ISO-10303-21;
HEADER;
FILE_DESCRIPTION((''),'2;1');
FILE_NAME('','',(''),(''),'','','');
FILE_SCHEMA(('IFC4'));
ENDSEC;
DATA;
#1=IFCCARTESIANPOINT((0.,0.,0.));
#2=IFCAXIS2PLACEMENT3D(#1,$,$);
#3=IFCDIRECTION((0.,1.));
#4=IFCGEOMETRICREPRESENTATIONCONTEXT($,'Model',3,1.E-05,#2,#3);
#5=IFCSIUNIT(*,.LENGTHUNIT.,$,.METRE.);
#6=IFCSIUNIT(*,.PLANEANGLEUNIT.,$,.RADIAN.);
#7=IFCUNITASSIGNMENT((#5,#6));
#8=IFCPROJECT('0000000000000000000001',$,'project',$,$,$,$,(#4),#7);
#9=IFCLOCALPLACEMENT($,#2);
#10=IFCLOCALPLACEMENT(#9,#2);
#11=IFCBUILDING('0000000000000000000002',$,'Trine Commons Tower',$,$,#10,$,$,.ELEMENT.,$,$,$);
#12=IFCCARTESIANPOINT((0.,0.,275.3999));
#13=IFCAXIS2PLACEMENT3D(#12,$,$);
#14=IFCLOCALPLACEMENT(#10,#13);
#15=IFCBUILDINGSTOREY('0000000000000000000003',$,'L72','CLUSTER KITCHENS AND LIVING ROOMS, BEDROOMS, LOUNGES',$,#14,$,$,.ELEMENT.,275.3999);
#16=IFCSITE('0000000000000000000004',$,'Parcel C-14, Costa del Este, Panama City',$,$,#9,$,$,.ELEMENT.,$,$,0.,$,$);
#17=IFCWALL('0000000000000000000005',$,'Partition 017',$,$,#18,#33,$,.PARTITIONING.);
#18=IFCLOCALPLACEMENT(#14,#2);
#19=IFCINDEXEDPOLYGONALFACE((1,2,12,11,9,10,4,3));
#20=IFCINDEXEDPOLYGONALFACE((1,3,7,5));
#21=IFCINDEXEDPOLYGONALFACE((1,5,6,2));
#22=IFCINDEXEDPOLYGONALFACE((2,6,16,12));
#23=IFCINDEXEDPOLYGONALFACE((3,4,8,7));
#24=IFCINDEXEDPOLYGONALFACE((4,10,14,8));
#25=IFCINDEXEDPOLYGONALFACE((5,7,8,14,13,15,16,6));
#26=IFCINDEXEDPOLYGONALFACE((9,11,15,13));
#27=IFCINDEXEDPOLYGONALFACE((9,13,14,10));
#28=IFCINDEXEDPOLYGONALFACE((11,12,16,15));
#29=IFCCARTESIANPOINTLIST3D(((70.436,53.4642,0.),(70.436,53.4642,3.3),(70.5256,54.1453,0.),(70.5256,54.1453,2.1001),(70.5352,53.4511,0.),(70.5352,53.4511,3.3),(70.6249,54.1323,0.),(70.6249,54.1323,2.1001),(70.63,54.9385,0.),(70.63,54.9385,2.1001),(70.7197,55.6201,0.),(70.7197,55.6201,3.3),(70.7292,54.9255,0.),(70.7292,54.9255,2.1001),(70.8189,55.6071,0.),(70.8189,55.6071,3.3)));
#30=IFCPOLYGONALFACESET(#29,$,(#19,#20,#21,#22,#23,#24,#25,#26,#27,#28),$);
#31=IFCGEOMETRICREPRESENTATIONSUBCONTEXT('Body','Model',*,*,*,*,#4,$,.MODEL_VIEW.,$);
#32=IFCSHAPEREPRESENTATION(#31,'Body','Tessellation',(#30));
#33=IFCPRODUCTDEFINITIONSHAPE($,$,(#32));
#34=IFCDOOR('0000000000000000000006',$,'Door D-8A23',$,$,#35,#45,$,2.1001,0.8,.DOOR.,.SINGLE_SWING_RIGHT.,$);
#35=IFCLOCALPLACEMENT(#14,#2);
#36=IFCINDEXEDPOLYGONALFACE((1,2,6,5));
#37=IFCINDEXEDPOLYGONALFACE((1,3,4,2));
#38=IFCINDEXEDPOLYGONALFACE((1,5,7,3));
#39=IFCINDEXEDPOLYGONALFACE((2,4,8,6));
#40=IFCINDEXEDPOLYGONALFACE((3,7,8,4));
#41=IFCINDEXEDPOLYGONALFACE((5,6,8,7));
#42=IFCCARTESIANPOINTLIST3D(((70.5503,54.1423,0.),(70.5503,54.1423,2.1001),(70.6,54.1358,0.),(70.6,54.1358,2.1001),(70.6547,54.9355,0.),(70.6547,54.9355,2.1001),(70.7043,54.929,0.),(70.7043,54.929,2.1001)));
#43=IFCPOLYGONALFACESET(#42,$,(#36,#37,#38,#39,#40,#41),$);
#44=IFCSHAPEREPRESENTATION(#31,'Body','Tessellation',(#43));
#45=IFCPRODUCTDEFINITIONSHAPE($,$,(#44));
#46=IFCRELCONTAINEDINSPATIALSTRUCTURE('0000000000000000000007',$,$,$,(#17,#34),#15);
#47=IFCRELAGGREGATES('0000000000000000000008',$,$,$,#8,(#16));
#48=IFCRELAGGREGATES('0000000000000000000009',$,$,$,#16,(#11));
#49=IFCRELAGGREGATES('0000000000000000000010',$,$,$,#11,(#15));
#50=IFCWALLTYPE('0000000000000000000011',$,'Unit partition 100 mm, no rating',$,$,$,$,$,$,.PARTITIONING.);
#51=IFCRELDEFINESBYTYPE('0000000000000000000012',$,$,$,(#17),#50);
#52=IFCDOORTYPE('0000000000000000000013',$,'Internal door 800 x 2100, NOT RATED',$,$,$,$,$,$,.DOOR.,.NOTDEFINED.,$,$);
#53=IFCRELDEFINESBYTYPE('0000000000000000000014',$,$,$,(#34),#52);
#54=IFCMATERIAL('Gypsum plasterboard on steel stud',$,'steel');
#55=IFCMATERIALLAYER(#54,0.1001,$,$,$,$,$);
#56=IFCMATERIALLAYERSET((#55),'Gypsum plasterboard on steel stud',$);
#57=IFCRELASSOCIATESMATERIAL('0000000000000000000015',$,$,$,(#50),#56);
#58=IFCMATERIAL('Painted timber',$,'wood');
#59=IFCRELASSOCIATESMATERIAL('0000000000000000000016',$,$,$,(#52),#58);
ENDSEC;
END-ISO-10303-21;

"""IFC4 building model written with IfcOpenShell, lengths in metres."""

from ifc_helpers import new_model, si_unit, direction, frame, frame_2d, origin, place, context, subcontext, project, spatial, rectangle, extrude, material, layer, layer_set, type_object, element, fill, save


model = new_model("IFC4")

# Units and contexts
model_context = context("Model", 3, precision=1e-05, world=origin(), true_north=direction((0.0, 1.0)))
body_context = subcontext(model_context, "Body", "Model", "MODEL_VIEW")
ifc_project = project(units=[si_unit("LENGTHUNIT", "METRE"), si_unit("PLANEANGLEUNIT", "RADIAN")], contexts=[model_context])

# Site, building, storey
site_placement = place(None, origin())
site = spatial("IfcSite", under=ifc_project, at=site_placement, Name="Parcel C-14, Costa del Este, Panama City", CompositionType="ELEMENT", RefElevation=0.0)
building_placement = place(site_placement, origin())
building = spatial("IfcBuilding", under=site, at=building_placement, Name="Trine Commons Tower", CompositionType="ELEMENT")
storey_placement = place(building_placement, frame((0.0, 0.0, 275.3999)))
storey = spatial("IfcBuildingStorey", under=building, at=storey_placement, Name="L72", Description="CLUSTER KITCHENS AND LIVING ROOMS, BEDROOMS, LOUNGES", CompositionType="ELEMENT", Elevation=275.3999)

# Shared definitions
ifc_material_1 = material(Name="Gypsum plasterboard on steel stud", Category="steel")

# Shared definitions
ifc_material_2 = material(Name="Painted timber", Category="wood")

# Shared definitions
ifc_layer_1 = layer(ifc_material_1, 0.1001)
ifc_layer_set_1 = layer_set([ifc_layer_1], Name="Gypsum plasterboard on steel stud")
wall_type_1 = type_object("IfcWallType", Name="Unit partition 100 mm, no rating", PredefinedType="PARTITIONING", material=ifc_layer_set_1)

# Wall, opening, door
wall_1_placement = place(storey_placement, frame((70.4856, 53.4575, 0.0), z_axis=(0.0, 0.0, 1.0), x_axis=(0.130457, 0.991454, 0.0)))
wall_1 = element("IfcWall", 1, at=wall_1_placement, inside=storey, type_object=wall_type_1, Name="Partition 017", PredefinedType="PARTITIONING", context=body_context, shape_type="SweptSolid", body=[
    extrude(rectangle(XDim=2.1746, YDim=0.1001, at=frame_2d((1.0874, 0.0))), origin(), (0.0, 0.0, 1.0), 3.3),
])
opening_1_placement = place(wall_1_placement, frame((0.6873, 0.0, 0.0)))
opening_1 = element("IfcOpeningElement", 2, at=opening_1_placement, cuts=wall_1, PredefinedType="OPENING", context=body_context, shape_type="SweptSolid", body=[
    extrude(rectangle(XDim=0.8, YDim=2.1001, at=frame_2d((0.3999, 1.05))), frame((0.0, 0.0601, 0.0), z_axis=(0.0, -1.0, 0.0), x_axis=(1.0, 0.0, 0.0)), (0.0, 0.0, 1.0), 0.1201),
])
door_type_1 = type_object("IfcDoorType", Name="Internal door 800 x 2100, NOT RATED", OperationType="NOTDEFINED", PredefinedType="DOOR", material=ifc_material_2)
door_1_placement = place(opening_1_placement, frame((0.8, 0.0, 0.0), z_axis=(0.0, 0.0, 1.0), x_axis=(-1.0, 0.0, 0.0)))
door_1 = element("IfcDoor", 3, at=door_1_placement, inside=storey, type_object=door_type_1, Name="Door D-8A23", OperationType="SINGLE_SWING_RIGHT", OverallHeight=2.1001, OverallWidth=0.8, PredefinedType="DOOR", context=body_context, shape_type="SweptSolid", body=[
    extrude(rectangle(XDim=0.8, YDim=2.1001, at=frame_2d((0.3999, 1.05))), frame((0.0, 0.0249, 0.0), z_axis=(0.0, -1.0, 0.0), x_axis=(1.0, 0.0, 0.0)), (0.0, 0.0, 1.0), 0.05),
])
fill(opening_1, door_1)

save(model, "model.ifc")
